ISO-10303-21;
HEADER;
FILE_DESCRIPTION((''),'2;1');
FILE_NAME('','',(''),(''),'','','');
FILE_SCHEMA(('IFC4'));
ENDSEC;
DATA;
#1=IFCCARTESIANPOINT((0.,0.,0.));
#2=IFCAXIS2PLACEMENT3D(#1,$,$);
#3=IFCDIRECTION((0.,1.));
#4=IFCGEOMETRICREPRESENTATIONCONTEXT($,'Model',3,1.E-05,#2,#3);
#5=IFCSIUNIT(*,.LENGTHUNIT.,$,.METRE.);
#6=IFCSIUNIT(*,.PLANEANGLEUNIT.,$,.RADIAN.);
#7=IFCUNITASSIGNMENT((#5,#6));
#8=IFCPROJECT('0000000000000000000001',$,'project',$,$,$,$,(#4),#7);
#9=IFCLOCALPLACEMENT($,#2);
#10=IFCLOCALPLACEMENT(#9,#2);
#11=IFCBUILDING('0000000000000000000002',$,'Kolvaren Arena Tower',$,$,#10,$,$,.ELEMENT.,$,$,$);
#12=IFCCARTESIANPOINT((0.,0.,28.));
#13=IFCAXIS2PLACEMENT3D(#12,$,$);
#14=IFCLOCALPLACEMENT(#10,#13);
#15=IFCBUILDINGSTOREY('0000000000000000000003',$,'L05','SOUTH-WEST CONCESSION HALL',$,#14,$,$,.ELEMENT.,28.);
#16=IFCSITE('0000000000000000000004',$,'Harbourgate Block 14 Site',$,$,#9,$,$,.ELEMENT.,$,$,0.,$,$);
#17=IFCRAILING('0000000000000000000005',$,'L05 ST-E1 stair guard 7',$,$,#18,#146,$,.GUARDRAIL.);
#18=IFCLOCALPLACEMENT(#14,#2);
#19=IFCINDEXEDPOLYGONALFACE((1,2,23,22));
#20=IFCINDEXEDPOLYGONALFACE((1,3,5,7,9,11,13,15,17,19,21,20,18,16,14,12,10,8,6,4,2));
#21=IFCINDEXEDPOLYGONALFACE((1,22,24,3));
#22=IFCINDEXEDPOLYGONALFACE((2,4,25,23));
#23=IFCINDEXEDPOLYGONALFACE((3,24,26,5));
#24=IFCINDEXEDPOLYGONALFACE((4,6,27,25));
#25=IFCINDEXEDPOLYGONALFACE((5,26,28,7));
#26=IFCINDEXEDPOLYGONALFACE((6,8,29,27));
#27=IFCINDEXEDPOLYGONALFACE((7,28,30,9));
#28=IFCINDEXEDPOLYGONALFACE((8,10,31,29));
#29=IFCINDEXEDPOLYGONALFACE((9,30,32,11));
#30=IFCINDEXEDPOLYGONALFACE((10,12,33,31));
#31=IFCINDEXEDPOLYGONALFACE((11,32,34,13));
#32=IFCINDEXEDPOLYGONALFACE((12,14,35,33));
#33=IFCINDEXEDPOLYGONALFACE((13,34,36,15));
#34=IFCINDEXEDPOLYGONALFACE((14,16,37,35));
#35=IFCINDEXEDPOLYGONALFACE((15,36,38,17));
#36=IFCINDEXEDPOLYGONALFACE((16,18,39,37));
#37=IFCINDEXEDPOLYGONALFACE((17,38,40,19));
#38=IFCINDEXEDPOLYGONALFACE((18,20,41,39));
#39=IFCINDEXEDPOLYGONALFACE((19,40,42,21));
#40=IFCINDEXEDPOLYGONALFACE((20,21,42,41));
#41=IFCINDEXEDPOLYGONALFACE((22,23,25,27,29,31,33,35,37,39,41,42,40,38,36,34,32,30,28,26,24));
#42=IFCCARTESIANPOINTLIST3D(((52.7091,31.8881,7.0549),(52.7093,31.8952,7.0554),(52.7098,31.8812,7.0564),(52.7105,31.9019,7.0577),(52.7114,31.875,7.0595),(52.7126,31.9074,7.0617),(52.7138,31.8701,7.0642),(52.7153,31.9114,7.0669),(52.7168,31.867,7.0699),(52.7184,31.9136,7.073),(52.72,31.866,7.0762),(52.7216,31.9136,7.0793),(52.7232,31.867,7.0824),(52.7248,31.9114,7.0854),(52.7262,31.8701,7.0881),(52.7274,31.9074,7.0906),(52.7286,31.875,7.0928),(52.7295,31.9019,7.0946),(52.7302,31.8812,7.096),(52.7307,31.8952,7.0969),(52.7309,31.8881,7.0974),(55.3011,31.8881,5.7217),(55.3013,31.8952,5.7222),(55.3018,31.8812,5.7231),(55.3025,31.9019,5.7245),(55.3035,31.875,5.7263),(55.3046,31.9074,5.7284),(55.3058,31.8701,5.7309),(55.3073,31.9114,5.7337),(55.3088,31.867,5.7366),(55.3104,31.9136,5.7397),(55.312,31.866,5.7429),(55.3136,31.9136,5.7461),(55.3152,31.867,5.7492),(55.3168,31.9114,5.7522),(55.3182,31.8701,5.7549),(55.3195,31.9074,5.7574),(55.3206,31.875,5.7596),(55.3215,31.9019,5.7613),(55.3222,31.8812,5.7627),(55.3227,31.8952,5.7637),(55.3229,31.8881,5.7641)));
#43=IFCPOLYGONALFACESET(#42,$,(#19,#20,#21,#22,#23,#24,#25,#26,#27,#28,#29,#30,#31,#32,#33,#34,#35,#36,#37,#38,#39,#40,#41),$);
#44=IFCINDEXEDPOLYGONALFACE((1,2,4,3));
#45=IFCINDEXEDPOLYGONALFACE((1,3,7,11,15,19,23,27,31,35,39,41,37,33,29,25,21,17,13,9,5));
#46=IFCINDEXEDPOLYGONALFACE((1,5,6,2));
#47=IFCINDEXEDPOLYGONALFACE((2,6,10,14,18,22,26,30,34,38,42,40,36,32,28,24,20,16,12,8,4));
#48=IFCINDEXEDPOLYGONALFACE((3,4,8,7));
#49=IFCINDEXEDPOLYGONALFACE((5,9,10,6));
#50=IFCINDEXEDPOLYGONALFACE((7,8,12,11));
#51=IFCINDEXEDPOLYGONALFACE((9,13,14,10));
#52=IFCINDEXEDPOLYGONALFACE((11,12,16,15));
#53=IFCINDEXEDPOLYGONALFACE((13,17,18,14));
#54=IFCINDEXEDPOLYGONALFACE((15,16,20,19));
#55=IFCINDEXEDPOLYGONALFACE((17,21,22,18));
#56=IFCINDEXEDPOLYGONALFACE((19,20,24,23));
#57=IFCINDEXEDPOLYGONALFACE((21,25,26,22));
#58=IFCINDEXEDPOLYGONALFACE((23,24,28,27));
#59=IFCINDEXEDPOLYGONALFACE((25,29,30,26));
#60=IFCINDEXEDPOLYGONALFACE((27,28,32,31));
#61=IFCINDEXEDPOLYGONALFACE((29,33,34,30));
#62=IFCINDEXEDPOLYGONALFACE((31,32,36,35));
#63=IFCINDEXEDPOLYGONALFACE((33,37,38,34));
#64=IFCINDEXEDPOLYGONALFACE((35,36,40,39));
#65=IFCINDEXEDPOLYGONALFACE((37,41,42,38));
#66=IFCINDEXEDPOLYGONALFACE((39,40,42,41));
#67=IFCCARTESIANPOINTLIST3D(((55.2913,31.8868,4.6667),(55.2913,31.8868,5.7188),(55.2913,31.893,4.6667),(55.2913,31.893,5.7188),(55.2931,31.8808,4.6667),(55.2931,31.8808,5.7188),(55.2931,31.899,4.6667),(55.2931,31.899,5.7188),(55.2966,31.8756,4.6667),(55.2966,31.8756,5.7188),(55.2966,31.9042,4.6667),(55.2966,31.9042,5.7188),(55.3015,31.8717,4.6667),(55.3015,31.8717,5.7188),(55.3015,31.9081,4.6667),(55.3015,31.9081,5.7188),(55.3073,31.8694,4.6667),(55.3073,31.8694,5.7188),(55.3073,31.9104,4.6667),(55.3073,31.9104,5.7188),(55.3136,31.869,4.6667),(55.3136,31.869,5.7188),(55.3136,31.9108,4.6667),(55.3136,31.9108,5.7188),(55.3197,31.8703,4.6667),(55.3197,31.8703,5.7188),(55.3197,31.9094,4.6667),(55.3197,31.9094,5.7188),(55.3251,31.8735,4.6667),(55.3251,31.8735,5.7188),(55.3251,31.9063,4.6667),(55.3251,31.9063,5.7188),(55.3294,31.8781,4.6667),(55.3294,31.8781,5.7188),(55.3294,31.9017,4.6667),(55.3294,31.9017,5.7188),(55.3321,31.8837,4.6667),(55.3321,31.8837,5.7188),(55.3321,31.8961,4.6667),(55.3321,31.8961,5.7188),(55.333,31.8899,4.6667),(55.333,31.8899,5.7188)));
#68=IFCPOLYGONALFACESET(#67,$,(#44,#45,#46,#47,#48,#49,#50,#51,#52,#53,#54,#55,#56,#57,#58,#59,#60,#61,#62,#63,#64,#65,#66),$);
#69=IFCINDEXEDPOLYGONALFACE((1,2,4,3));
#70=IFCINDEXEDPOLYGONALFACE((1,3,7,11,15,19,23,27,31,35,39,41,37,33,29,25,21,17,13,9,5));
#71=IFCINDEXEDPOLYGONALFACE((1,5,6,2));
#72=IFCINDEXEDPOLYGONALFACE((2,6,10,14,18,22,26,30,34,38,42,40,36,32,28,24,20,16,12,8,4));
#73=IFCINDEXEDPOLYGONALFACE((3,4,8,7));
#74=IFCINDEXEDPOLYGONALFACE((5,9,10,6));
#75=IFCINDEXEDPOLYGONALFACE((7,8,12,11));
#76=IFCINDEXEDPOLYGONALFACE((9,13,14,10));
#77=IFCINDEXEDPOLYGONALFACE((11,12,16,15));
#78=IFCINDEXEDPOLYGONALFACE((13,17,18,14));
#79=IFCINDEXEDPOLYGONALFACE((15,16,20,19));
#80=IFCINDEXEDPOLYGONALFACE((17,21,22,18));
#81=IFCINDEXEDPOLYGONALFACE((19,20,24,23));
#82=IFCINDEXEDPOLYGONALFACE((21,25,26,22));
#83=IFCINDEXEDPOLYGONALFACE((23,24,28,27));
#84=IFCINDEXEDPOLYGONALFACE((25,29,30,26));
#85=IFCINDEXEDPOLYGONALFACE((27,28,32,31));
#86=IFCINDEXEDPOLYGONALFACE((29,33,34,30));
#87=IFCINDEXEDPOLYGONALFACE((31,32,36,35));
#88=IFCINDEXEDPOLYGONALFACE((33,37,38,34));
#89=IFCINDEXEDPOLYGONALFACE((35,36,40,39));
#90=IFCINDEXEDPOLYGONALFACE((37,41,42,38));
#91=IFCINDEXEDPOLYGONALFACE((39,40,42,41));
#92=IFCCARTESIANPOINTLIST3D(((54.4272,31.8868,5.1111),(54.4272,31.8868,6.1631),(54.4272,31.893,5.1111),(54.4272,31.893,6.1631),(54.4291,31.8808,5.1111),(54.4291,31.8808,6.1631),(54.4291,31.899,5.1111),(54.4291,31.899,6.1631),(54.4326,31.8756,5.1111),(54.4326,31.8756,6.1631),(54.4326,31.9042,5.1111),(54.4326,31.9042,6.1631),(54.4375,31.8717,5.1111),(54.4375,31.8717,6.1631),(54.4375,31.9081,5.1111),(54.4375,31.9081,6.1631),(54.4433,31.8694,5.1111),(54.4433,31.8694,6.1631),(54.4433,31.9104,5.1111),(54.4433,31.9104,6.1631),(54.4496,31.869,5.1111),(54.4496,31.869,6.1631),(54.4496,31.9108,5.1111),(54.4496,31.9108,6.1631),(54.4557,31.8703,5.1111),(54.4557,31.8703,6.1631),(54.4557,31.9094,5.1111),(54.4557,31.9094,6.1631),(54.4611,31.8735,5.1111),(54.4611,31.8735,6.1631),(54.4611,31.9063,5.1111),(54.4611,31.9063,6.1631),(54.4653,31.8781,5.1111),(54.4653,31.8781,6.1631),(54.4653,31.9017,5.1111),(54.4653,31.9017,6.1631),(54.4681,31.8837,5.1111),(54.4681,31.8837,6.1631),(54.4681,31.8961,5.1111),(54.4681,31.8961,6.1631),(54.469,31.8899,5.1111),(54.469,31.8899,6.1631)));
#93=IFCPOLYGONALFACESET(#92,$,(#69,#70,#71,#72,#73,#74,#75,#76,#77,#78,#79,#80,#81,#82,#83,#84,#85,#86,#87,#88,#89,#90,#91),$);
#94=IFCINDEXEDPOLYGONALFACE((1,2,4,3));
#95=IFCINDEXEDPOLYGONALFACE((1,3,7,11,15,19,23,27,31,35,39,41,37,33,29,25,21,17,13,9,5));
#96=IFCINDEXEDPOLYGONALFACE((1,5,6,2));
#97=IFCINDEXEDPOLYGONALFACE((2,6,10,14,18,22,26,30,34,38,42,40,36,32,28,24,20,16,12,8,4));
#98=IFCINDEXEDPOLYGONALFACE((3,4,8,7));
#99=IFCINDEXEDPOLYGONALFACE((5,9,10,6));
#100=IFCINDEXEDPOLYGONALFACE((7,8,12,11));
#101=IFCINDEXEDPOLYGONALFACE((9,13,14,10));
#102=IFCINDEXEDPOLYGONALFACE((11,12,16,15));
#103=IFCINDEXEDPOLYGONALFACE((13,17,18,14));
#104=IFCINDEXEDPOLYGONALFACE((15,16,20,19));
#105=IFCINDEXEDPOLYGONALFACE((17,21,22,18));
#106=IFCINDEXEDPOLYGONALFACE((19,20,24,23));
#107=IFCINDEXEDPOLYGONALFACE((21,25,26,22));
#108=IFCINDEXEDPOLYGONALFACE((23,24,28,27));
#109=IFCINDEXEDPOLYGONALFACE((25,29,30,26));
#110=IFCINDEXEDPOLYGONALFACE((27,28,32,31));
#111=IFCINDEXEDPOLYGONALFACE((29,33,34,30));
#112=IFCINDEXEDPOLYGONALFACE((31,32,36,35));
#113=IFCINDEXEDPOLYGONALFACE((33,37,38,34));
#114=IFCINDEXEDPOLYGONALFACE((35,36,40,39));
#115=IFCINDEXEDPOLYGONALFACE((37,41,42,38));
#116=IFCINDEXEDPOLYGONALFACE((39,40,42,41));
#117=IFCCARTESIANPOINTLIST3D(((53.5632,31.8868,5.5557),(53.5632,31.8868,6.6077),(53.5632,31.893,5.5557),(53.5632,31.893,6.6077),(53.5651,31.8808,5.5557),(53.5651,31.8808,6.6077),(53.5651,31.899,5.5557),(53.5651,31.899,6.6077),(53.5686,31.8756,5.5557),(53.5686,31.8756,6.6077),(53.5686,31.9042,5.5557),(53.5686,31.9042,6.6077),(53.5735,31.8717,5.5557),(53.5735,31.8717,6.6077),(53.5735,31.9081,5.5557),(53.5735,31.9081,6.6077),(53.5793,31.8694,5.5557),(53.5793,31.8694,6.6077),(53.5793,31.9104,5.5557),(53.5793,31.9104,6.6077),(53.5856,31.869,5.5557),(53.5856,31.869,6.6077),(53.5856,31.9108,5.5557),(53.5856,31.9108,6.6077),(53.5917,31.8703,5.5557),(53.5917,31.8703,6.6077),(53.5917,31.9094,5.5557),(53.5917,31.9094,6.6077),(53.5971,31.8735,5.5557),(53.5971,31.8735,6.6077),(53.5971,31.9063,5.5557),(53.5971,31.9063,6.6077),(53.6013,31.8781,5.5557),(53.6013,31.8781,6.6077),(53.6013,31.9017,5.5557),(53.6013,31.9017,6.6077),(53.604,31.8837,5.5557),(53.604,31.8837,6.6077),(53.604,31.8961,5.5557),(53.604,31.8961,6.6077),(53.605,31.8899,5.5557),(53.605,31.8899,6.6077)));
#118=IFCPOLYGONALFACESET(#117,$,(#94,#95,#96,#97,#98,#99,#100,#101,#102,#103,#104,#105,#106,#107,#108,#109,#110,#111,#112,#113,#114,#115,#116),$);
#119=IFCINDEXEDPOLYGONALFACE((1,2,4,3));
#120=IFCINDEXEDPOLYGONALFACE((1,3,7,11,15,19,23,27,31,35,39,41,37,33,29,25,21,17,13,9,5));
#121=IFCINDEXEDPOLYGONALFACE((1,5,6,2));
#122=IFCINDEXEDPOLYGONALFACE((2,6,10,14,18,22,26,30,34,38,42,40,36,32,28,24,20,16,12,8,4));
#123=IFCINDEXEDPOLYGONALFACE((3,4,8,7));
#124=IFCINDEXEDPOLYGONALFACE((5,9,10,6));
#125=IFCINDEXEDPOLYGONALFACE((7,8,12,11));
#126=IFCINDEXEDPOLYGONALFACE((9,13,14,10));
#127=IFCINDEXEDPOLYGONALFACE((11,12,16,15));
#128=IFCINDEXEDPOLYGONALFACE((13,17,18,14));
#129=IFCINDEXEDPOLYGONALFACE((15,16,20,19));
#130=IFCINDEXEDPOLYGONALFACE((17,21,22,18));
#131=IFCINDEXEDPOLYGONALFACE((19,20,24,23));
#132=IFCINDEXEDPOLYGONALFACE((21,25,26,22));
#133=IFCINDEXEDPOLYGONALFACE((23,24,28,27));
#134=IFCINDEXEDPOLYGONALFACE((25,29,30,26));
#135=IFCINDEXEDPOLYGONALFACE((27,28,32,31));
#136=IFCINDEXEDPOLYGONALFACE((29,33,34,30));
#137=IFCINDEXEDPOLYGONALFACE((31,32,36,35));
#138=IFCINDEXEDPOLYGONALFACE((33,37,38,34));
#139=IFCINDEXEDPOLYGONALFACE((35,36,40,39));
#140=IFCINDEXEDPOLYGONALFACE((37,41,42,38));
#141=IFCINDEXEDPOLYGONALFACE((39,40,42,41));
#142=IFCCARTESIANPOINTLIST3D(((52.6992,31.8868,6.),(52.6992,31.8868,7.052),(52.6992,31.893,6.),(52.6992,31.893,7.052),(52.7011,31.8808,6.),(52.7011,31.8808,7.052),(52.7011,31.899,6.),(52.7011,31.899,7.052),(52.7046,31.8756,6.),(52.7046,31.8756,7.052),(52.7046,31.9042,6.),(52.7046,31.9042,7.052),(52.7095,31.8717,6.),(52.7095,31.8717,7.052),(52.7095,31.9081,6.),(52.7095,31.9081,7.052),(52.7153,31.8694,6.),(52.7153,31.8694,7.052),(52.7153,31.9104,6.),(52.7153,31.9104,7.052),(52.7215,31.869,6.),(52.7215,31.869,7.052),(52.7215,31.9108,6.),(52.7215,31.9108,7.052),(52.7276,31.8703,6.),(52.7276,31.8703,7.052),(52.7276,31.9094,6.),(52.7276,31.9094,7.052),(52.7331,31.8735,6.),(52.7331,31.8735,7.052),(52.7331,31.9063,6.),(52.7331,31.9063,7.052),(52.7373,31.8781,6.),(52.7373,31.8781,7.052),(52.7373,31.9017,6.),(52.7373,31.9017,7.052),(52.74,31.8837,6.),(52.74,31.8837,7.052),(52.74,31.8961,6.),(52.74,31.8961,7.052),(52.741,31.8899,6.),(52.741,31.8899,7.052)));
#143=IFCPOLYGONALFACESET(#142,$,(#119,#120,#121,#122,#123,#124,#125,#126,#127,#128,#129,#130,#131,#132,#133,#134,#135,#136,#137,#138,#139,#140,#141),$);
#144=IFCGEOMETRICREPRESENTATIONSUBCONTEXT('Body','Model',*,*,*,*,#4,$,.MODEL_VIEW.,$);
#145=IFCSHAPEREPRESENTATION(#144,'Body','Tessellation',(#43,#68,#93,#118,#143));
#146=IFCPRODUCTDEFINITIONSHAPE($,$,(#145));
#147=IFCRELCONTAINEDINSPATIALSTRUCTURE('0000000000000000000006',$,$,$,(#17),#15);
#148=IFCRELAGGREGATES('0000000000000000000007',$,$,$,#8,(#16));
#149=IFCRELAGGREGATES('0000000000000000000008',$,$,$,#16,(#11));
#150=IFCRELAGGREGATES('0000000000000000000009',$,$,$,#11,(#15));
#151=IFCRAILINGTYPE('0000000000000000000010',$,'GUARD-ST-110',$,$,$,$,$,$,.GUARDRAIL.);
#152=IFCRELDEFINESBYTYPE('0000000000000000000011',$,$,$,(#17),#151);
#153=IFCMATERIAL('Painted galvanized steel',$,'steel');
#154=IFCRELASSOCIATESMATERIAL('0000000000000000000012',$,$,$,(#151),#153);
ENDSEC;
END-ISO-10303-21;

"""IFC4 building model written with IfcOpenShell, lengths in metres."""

from ifc_helpers import new_model, si_unit, direction, frame, origin, origin_2d, place, context, subcontext, project, spatial, circle, extrude, material, type_object, element, save


model = new_model("IFC4")

# Units and contexts
model_context = context("Model", 3, precision=1e-05, world=origin(), true_north=direction((0.0, 1.0)))
body_context = subcontext(model_context, "Body", "Model", "MODEL_VIEW")
ifc_project = project(units=[si_unit("LENGTHUNIT", "METRE"), si_unit("PLANEANGLEUNIT", "RADIAN")], contexts=[model_context])

# Site, building, storey
site_placement = place(None, origin())
site = spatial("IfcSite", under=ifc_project, at=site_placement, Name="Harbourgate Block 14 Site", CompositionType="ELEMENT", RefElevation=0.0)
building_placement = place(site_placement, origin())
building = spatial("IfcBuilding", under=site, at=building_placement, Name="Kolvaren Arena Tower", CompositionType="ELEMENT")
storey_placement = place(building_placement, frame((0.0, 0.0, 28.0)))
storey = spatial("IfcBuildingStorey", under=building, at=storey_placement, Name="L05", Description="SOUTH-WEST CONCESSION HALL", CompositionType="ELEMENT", Elevation=28.0)

# Railing
ifc_material_1 = material(Name="Painted galvanized steel", Category="steel")
railing_type_1 = type_object("IfcRailingType", Name="GUARD-ST-110", PredefinedType="GUARDRAIL", material=ifc_material_1)
railing_1_placement = place(storey_placement, frame((55.312, 31.8899, 4.6667)))
element("IfcRailing", 1, at=railing_1_placement, inside=storey, type_object=railing_type_1, Name="L05 ST-E1 stair guard 7", PredefinedType="GUARDRAIL", context=body_context, shape_type="SweptSolid", body=[
    extrude(circle(Radius=0.0239, at=origin_2d()), frame((0.0, 0.0, 1.0762), z_axis=(-0.88926, 0.0, 0.457403), x_axis=(0.0, -1.0, 0.0)), (0.0, 0.0, 1.0), 2.9148),
    extrude(circle(Radius=0.021, at=origin_2d()), origin(), (0.0, 0.0, 1.0), 1.052),
    extrude(circle(Radius=0.021, at=origin_2d()), frame((-0.864, 0.0, 0.4443)), (0.0, 0.0, 1.0), 1.052),
    extrude(circle(Radius=0.021, at=origin_2d()), frame((-1.728, 0.0, 0.8889)), (0.0, 0.0, 1.0), 1.052),
    extrude(circle(Radius=0.021, at=origin_2d()), frame((-2.592, 0.0, 1.3333)), (0.0, 0.0, 1.0), 1.052),
])

save(model, "model.ifc")
